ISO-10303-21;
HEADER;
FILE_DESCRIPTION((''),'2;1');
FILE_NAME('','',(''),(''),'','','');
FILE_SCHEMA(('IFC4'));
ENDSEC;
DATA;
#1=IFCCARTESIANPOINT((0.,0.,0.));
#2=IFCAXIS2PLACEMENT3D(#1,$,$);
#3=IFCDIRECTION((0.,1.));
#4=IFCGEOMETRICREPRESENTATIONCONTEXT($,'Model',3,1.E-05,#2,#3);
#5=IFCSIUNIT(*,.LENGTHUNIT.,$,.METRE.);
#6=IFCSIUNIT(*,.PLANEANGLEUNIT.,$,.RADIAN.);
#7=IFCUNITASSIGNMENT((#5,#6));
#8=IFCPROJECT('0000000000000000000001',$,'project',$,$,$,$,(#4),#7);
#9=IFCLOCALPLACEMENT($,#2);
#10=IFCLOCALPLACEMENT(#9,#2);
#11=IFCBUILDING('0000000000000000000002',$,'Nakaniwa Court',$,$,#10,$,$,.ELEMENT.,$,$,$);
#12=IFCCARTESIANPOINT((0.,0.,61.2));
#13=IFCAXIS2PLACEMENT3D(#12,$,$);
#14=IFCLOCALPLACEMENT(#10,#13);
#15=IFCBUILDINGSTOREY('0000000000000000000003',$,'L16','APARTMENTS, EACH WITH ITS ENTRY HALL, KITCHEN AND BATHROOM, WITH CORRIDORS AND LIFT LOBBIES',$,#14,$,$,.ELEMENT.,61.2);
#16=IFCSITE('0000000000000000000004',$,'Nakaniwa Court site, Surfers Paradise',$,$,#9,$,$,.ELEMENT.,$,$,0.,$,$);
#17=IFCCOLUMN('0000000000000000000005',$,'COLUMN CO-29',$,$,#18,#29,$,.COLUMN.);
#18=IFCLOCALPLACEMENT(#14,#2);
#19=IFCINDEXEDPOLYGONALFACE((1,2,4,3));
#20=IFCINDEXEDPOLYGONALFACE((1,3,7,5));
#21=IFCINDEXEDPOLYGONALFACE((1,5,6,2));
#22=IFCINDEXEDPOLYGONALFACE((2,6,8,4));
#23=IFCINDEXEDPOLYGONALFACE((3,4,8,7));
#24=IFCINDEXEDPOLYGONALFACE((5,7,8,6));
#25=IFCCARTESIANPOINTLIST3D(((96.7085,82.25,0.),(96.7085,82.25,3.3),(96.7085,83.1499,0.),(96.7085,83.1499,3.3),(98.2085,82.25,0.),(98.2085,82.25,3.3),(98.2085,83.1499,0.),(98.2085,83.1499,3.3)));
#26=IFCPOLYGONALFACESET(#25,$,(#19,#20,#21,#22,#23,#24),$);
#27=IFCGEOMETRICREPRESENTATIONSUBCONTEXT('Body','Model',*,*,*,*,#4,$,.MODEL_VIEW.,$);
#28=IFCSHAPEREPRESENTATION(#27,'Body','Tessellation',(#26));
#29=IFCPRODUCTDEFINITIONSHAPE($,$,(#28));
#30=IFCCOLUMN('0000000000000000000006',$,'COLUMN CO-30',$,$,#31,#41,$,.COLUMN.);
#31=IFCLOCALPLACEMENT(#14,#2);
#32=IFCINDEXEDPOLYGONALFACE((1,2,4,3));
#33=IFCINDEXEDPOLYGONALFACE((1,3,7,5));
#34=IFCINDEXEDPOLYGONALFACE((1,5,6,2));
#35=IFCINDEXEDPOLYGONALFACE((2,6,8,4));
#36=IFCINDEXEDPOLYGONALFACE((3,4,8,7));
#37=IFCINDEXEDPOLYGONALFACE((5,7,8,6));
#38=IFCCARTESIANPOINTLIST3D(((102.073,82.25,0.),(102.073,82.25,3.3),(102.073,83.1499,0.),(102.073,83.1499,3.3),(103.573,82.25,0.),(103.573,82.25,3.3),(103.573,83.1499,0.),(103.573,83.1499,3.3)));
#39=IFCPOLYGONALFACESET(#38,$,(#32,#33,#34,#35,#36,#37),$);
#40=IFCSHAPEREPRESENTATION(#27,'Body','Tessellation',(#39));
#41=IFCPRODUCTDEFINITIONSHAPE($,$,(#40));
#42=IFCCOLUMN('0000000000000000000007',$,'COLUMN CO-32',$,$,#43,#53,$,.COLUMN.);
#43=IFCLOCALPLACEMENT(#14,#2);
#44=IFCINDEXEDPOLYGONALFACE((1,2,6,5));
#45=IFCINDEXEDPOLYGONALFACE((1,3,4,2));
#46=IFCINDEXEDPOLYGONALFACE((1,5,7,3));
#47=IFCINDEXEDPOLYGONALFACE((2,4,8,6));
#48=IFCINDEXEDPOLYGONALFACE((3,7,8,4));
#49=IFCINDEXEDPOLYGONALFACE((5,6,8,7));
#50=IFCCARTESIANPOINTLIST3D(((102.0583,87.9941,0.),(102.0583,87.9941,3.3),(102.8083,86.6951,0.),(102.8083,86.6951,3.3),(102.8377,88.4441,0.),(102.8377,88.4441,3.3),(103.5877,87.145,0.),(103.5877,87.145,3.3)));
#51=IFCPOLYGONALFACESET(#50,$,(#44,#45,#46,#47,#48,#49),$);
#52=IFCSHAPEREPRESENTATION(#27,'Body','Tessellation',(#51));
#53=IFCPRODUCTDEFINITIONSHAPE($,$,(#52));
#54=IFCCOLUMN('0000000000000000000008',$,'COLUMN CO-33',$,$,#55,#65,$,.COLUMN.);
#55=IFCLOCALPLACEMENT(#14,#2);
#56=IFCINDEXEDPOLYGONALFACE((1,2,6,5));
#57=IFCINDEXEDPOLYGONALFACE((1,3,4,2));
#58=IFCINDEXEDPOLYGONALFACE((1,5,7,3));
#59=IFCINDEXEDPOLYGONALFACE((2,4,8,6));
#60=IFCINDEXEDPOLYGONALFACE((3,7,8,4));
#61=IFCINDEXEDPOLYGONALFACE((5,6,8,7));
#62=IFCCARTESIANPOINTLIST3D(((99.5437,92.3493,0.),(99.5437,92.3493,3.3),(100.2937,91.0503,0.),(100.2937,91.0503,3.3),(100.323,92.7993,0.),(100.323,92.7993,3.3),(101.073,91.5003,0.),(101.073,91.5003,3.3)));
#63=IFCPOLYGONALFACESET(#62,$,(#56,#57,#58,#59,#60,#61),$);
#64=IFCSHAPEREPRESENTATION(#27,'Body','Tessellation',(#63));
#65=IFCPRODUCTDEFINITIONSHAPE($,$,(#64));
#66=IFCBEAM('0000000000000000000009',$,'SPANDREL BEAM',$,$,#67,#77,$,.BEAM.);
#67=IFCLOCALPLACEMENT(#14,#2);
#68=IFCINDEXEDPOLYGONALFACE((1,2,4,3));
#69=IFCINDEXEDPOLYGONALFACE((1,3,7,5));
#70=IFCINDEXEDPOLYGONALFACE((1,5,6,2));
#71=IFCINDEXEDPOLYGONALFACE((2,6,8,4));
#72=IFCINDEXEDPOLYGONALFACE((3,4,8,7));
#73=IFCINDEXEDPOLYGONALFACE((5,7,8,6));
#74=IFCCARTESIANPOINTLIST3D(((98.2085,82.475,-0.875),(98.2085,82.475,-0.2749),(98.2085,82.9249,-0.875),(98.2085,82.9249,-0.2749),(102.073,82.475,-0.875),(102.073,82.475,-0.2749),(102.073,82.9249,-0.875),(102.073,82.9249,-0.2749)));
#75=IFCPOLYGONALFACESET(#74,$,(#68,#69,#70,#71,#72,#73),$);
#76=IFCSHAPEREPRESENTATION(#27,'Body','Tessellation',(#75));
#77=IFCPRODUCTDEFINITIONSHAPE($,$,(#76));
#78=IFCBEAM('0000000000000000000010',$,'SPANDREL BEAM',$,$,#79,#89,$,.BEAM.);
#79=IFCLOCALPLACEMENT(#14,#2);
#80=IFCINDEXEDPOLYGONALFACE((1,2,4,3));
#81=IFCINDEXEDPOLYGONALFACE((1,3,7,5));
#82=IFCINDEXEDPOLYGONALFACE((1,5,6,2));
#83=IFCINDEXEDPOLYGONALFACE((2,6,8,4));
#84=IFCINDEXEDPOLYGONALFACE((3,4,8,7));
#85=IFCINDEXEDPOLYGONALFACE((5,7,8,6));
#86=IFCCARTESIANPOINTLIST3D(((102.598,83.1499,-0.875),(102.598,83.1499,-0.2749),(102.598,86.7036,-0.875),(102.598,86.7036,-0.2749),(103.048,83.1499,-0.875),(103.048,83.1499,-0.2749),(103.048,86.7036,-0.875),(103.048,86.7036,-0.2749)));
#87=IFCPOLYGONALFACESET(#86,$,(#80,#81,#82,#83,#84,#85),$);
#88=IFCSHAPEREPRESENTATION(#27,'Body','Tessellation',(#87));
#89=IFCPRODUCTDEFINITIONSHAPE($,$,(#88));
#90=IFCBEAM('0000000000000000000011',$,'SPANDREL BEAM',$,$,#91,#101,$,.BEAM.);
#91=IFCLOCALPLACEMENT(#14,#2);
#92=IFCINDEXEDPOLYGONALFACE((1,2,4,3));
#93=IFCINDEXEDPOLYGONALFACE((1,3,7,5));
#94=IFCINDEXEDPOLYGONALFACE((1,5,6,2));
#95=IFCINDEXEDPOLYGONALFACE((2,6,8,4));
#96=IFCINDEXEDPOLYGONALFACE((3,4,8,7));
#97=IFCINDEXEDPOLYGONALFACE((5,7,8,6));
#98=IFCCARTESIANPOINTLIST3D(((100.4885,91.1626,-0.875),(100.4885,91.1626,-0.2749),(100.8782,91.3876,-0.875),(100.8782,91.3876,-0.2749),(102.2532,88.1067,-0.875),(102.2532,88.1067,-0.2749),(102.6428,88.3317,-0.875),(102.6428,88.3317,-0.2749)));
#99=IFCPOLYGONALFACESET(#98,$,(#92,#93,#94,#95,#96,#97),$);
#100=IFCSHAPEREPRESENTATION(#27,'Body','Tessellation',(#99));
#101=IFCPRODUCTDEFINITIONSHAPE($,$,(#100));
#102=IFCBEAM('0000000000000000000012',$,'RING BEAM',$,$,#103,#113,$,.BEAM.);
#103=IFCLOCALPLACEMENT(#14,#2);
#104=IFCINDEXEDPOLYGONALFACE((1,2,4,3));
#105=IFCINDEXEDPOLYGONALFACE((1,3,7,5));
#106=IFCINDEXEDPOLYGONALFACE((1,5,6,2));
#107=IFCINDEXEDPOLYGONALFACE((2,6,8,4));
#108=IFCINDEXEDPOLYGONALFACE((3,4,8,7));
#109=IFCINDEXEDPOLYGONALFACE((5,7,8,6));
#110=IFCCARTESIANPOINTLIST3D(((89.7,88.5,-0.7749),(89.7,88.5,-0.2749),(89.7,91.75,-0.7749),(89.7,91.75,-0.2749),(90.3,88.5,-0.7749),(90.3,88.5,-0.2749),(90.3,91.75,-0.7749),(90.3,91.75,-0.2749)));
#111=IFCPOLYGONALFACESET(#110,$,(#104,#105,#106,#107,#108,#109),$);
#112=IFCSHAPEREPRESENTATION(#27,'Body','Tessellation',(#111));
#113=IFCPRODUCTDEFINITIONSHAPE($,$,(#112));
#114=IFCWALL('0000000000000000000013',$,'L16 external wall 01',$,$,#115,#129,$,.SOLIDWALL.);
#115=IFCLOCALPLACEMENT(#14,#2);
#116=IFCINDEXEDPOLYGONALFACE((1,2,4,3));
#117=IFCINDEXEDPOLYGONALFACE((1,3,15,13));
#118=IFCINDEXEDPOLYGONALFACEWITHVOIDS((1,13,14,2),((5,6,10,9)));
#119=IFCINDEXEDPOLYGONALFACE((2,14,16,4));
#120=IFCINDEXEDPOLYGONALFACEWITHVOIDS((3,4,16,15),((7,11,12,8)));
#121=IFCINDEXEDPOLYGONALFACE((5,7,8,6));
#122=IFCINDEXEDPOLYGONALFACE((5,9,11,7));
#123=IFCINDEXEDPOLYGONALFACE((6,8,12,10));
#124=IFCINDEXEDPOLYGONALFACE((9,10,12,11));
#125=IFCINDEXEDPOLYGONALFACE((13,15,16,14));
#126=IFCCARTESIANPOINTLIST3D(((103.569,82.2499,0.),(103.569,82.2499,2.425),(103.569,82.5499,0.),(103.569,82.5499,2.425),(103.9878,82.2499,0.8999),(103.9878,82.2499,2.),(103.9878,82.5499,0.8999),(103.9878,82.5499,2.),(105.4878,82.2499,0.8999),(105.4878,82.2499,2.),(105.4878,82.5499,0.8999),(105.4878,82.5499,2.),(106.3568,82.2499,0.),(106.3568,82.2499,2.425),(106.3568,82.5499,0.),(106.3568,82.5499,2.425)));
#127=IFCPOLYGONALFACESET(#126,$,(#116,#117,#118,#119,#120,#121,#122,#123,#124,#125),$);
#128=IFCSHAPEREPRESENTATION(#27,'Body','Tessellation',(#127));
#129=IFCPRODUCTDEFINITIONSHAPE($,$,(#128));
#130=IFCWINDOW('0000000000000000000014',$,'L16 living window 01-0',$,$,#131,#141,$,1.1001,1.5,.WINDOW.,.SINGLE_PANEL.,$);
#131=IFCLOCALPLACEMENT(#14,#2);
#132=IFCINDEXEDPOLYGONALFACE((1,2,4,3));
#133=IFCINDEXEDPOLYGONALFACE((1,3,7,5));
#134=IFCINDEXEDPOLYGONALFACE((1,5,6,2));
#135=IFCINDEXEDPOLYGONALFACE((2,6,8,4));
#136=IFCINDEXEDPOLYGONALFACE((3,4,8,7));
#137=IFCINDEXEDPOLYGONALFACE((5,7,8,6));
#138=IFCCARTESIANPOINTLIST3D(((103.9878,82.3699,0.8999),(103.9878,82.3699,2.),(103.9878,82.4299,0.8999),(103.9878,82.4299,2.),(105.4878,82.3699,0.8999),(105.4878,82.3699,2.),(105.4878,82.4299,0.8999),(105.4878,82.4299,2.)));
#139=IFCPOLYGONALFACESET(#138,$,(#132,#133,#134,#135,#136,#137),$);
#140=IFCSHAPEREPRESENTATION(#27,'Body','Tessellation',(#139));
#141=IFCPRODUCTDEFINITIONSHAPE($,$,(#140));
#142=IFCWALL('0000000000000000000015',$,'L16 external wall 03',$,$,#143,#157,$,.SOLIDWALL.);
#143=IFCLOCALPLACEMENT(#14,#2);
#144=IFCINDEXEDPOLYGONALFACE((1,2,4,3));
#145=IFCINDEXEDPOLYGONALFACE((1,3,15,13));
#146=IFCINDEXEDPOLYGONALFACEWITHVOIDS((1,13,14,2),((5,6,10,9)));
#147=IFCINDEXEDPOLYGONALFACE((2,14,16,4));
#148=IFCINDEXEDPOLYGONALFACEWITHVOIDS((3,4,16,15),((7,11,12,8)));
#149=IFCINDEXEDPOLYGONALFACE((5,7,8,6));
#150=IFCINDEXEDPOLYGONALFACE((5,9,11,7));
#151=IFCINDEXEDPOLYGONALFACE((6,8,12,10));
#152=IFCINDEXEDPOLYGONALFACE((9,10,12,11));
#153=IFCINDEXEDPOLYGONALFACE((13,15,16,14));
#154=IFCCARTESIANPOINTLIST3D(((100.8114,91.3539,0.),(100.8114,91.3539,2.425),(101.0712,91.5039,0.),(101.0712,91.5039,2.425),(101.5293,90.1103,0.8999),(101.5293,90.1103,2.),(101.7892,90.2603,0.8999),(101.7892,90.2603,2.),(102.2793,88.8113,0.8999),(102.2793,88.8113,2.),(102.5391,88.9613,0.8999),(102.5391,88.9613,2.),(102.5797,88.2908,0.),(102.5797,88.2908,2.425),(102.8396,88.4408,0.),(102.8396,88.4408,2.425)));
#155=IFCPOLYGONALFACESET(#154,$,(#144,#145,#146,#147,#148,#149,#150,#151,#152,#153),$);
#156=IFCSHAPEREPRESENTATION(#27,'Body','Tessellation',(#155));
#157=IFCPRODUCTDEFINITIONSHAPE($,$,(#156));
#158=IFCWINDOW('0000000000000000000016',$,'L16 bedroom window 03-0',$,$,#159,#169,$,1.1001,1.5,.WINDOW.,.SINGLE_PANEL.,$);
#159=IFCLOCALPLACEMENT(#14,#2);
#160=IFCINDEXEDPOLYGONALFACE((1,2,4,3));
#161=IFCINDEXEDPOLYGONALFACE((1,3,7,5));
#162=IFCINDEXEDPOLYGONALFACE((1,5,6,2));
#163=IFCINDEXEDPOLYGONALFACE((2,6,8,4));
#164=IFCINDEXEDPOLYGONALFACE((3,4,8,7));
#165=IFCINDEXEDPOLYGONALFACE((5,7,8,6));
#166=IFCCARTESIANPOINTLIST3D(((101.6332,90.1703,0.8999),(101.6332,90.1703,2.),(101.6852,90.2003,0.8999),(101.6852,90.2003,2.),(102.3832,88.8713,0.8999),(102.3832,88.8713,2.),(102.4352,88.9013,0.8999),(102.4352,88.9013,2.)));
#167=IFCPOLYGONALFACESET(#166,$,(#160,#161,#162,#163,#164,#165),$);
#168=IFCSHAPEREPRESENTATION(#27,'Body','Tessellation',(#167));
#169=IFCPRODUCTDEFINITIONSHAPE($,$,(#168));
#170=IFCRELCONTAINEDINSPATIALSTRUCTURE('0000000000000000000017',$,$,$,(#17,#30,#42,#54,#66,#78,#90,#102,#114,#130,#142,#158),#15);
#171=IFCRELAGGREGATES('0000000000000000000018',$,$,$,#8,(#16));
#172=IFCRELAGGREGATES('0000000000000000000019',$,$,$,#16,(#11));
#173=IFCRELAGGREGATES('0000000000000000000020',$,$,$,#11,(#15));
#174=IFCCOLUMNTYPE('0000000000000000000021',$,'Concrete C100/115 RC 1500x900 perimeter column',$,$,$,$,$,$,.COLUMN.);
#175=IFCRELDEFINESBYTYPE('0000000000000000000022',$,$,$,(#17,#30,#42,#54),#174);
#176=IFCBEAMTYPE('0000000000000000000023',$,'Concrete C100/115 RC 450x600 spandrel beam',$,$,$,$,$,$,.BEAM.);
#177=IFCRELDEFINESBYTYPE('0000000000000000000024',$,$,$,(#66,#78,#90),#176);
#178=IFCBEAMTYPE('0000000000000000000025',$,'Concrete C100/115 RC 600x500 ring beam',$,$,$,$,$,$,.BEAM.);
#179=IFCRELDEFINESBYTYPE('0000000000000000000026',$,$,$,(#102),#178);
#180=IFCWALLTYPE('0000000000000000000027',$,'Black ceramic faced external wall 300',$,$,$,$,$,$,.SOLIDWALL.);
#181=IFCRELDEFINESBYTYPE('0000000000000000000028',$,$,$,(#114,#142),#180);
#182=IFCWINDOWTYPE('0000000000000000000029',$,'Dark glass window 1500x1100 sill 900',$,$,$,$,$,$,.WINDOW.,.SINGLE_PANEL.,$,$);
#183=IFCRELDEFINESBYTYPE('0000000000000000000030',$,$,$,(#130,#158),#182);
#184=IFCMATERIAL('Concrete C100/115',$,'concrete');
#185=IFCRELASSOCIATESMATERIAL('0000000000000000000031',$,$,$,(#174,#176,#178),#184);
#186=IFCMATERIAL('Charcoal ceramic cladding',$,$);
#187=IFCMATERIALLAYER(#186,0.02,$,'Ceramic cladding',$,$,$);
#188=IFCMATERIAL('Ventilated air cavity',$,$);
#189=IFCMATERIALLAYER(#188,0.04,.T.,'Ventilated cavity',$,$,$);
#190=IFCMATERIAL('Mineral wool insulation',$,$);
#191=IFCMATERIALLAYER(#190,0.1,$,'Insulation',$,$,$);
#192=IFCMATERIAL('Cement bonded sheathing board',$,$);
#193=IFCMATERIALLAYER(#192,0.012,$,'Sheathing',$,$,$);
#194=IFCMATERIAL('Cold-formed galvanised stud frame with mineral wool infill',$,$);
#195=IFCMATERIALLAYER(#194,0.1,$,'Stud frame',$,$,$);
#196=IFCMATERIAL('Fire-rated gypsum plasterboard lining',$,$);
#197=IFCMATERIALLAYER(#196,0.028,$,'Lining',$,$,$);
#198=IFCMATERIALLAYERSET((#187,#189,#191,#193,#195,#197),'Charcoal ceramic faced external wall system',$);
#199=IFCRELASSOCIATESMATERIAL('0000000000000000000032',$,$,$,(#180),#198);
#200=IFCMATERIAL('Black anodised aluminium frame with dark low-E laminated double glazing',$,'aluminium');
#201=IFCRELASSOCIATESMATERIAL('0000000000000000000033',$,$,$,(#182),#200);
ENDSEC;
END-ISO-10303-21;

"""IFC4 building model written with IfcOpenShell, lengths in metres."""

from ifc_helpers import new_model, si_unit, direction, frame, frame_2d, origin, origin_2d, place, context, subcontext, project, spatial, rectangle, extrude, material, layer, layer_set, material_profile, profile_set, type_object, element, fill, save


model = new_model("IFC4")

# Units and contexts
model_context = context("Model", 3, precision=1e-05, world=origin(), true_north=direction((0.0, 1.0)))
body_context = subcontext(model_context, "Body", "Model", "MODEL_VIEW")
ifc_project = project(units=[si_unit("LENGTHUNIT", "METRE"), si_unit("PLANEANGLEUNIT", "RADIAN")], contexts=[model_context])

# Site, building, storey
site_placement = place(None, origin())
site = spatial("IfcSite", under=ifc_project, at=site_placement, Name="Nakaniwa Court site, Surfers Paradise", CompositionType="ELEMENT", RefElevation=0.0)
building_placement = place(site_placement, origin())
building = spatial("IfcBuilding", under=site, at=building_placement, Name="Nakaniwa Court", CompositionType="ELEMENT")
storey_placement = place(building_placement, frame((0.0, 0.0, 61.2)))
storey = spatial("IfcBuildingStorey", under=building, at=storey_placement, Name="L16", Description="APARTMENTS, EACH WITH ITS ENTRY HALL, KITCHEN AND BATHROOM, WITH CORRIDORS AND LIFT LOBBIES", CompositionType="ELEMENT", Elevation=61.2)

# Columns
ifc_material_1 = material(Name="Concrete C100/115", Category="concrete")
ifc_material_profile_1 = material_profile(ifc_material_1, rectangle(XDim=1.5, YDim=0.8999, at=origin_2d()), Name="Concrete C100/115 RC 1500x900 perimeter column")
ifc_profile_set_1 = profile_set([ifc_material_profile_1], Name="Concrete C100/115")
column_type = type_object("IfcColumnType", Name="Concrete C100/115 RC 1500x900 perimeter column", PredefinedType="COLUMN", material=ifc_profile_set_1)
for number, where, z_axis, x_axis, name in (
    (1, (97.4585, 82.7, 0.0), (0.0, 0.0, 1.0), (1.0, 0.0, 0.0), "COLUMN CO-29"),
    (2, (102.823, 82.7, 0.0), (0.0, 0.0, 1.0), (1.0, 0.0, 0.0), "COLUMN CO-30"),
    (3, (102.823, 87.5696, 0.0), (0.0, 0.0, 1.0), (-0.5, 0.866025, 0.0), "COLUMN CO-32"),
    (4, (100.3083, 91.9248, 0.0), (0.0, 0.0, 1.0), (-0.5, 0.866025, 0.0), "COLUMN CO-33"),
):
    element("IfcColumn", number, at=place(storey_placement, frame(where, z_axis=z_axis, x_axis=x_axis)), inside=storey, type_object=column_type, Name=name, PredefinedType="COLUMN", context=body_context, shape_type="SweptSolid", body=[
        extrude(rectangle(XDim=1.5, YDim=0.8999, at=origin_2d()), origin(), (0.0, 0.0, 1.0), 3.3),
    ])

# Beams
ifc_material_profile_2 = material_profile(ifc_material_1, rectangle(XDim=0.45, YDim=0.6001, at=origin_2d()), Name="Concrete C100/115 RC 450x600 spandrel beam")
ifc_profile_set_2 = profile_set([ifc_material_profile_2], Name="Concrete C100/115")
beam_type_1 = type_object("IfcBeamType", Name="Concrete C100/115 RC 450x600 spandrel beam", PredefinedType="BEAM", material=ifc_profile_set_2)
beam_1_placement = place(storey_placement, frame((98.2085, 82.7, -0.575), z_axis=(1.0, 0.0, 0.0), x_axis=(0.0, 1.0, 0.0)))
element("IfcBeam", 5, at=beam_1_placement, inside=storey, type_object=beam_type_1, Name="SPANDREL BEAM", PredefinedType="BEAM", context=body_context, shape_type="SweptSolid", body=[
    extrude(rectangle(XDim=0.45, YDim=0.6001, at=origin_2d()), origin(), (0.0, 0.0, 1.0), 3.8645),
])
beam_2_placement = place(storey_placement, frame((102.823, 83.1499, -0.575), z_axis=(0.0, 1.0, 0.0), x_axis=(-1.0, 0.0, 0.0)))
element("IfcBeam", 6, at=beam_2_placement, inside=storey, type_object=beam_type_1, Name="SPANDREL BEAM", PredefinedType="BEAM", context=body_context, shape_type="SweptSolid", body=[
    extrude(rectangle(XDim=0.45, YDim=0.6001, at=origin_2d()), origin(), (0.0, 0.0, 1.0), 3.5537),
])
beam_3_placement = place(storey_placement, frame((102.448, 88.2192, -0.575), z_axis=(-0.500068, 0.865986, 0.0), x_axis=(-0.865986, -0.500068, 0.0)))
element("IfcBeam", 7, at=beam_3_placement, inside=storey, type_object=beam_type_1, Name="SPANDREL BEAM", PredefinedType="BEAM", context=body_context, shape_type="SweptSolid", body=[
    extrude(rectangle(XDim=0.45, YDim=0.6001, at=origin_2d()), origin(), (0.0, 0.0, 1.0), 3.5288),
])
ifc_material_profile_3 = material_profile(ifc_material_1, rectangle(XDim=0.6001, YDim=0.5, at=origin_2d()), Name="Concrete C100/115 RC 600x500 ring beam")
ifc_profile_set_3 = profile_set([ifc_material_profile_3], Name="Concrete C100/115")
beam_type_2 = type_object("IfcBeamType", Name="Concrete C100/115 RC 600x500 ring beam", PredefinedType="BEAM", material=ifc_profile_set_3)
beam_4_placement = place(storey_placement, frame((90.0, 88.5, -0.5249), z_axis=(0.0, 1.0, 0.0), x_axis=(-1.0, 0.0, 0.0)))
element("IfcBeam", 8, at=beam_4_placement, inside=storey, type_object=beam_type_2, Name="RING BEAM", PredefinedType="BEAM", context=body_context, shape_type="SweptSolid", body=[
    extrude(rectangle(XDim=0.6001, YDim=0.5, at=origin_2d()), origin(), (0.0, 0.0, 1.0), 3.25),
])

# Walls, openings, windows
ifc_material_2 = material(Name="Charcoal ceramic cladding")
ifc_layer_1 = layer(ifc_material_2, 0.02, Name="Ceramic cladding")
ifc_material_3 = material(Name="Ventilated air cavity")
ifc_layer_2 = layer(ifc_material_3, 0.04, ventilated=True, Name="Ventilated cavity")
ifc_material_4 = material(Name="Mineral wool insulation")
ifc_layer_3 = layer(ifc_material_4, 0.1, Name="Insulation")
ifc_material_5 = material(Name="Cement bonded sheathing board")
ifc_layer_4 = layer(ifc_material_5, 0.012, Name="Sheathing")
ifc_material_6 = material(Name="Cold-formed galvanised stud frame with mineral wool infill")
ifc_layer_5 = layer(ifc_material_6, 0.1, Name="Stud frame")
ifc_material_7 = material(Name="Fire-rated gypsum plasterboard lining")
ifc_layer_6 = layer(ifc_material_7, 0.028, Name="Lining")
ifc_layer_set_1 = layer_set([ifc_layer_1, ifc_layer_2, ifc_layer_3, ifc_layer_4, ifc_layer_5, ifc_layer_6], Name="Charcoal ceramic faced external wall system")
wall_type_1 = type_object("IfcWallType", Name="Black ceramic faced external wall 300", PredefinedType="SOLIDWALL", material=ifc_layer_set_1)
wall_1_placement = place(storey_placement, frame((103.5688, 82.3999, 0.0), z_axis=(0.0, 0.0, 1.0), x_axis=(1.0, 0.0, 0.0)))
wall_1 = element("IfcWall", 9, at=wall_1_placement, inside=storey, type_object=wall_type_1, Name="L16 external wall 01", PredefinedType="SOLIDWALL", context=body_context, shape_type="SweptSolid", body=[
    extrude(rectangle(XDim=2.7878, YDim=0.3, at=frame_2d((1.394, 0.0))), origin(), (0.0, 0.0, 1.0), 2.425),
])
opening_1_placement = place(wall_1_placement, frame((0.4189, 0.0, 0.8999)))
opening_1 = element("IfcOpeningElement", 10, at=opening_1_placement, cuts=wall_1, PredefinedType="OPENING", context=body_context, shape_type="SweptSolid", body=[
    extrude(rectangle(XDim=1.5, YDim=1.1001, at=frame_2d((0.75, 0.55))), frame((0.0, 0.1599, 0.0), z_axis=(0.0, -1.0, 0.0), x_axis=(1.0, 0.0, 0.0)), (0.0, 0.0, 1.0), 0.3201),
])
ifc_material_8 = material(Name="Black anodised aluminium frame with dark low-E laminated double glazing", Category="aluminium")
window_type = type_object("IfcWindowType", Name="Dark glass window 1500x1100 sill 900", PartitioningType="SINGLE_PANEL", PredefinedType="WINDOW", material=ifc_material_8)
window_1_placement = place(opening_1_placement, origin())
window_1 = element("IfcWindow", 11, at=window_1_placement, inside=storey, type_object=window_type, Name="L16 living window 01-0", OverallHeight=1.1001, OverallWidth=1.5, PartitioningType="SINGLE_PANEL", PredefinedType="WINDOW", context=body_context, shape_type="SweptSolid", body=[
    extrude(rectangle(XDim=1.5, YDim=1.1001, at=frame_2d((0.75, 0.55))), frame((0.0, 0.03, 0.0), z_axis=(0.0, -1.0, 0.0), x_axis=(1.0, 0.0, 0.0)), (0.0, 0.0, 1.0), 0.0601),
])
fill(opening_1, window_1)
wall_2_placement = place(storey_placement, frame((102.7097, 88.3657, 0.0), z_axis=(0.0, 0.0, 1.0), x_axis=(-0.499977, 0.866038, 0.0)))
wall_2 = element("IfcWall", 12, at=wall_2_placement, inside=storey, type_object=wall_type_1, Name="L16 external wall 03", PredefinedType="SOLIDWALL", context=body_context, shape_type="SweptSolid", body=[
    extrude(rectangle(XDim=3.5369, YDim=0.3, at=frame_2d((1.7686, 0.0))), origin(), (0.0, 0.0, 1.0), 2.425),
])
opening_2_placement = place(wall_2_placement, frame((0.6011, 0.0, 0.8999)))
opening_2 = element("IfcOpeningElement", 13, at=opening_2_placement, cuts=wall_2, PredefinedType="OPENING", context=body_context, shape_type="SweptSolid", body=[
    extrude(rectangle(XDim=1.5, YDim=1.1001, at=frame_2d((0.75, 0.55))), frame((0.0, 0.1599, 0.0), z_axis=(0.0, -1.0, 0.0), x_axis=(1.0, 0.0, 0.0)), (0.0, 0.0, 1.0), 0.3201),
])
window_2_placement = place(opening_2_placement, origin())
window_2 = element("IfcWindow", 14, at=window_2_placement, inside=storey, type_object=window_type, Name="L16 bedroom window 03-0", OverallHeight=1.1001, OverallWidth=1.5, PartitioningType="SINGLE_PANEL", PredefinedType="WINDOW", context=body_context, shape_type="SweptSolid", body=[
    extrude(rectangle(XDim=1.5, YDim=1.1001, at=frame_2d((0.75, 0.55))), frame((0.0, 0.03, 0.0), z_axis=(0.0, -1.0, 0.0), x_axis=(1.0, 0.0, 0.0)), (0.0, 0.0, 1.0), 0.0601),
])
fill(opening_2, window_2)

save(model, "model.ifc")
